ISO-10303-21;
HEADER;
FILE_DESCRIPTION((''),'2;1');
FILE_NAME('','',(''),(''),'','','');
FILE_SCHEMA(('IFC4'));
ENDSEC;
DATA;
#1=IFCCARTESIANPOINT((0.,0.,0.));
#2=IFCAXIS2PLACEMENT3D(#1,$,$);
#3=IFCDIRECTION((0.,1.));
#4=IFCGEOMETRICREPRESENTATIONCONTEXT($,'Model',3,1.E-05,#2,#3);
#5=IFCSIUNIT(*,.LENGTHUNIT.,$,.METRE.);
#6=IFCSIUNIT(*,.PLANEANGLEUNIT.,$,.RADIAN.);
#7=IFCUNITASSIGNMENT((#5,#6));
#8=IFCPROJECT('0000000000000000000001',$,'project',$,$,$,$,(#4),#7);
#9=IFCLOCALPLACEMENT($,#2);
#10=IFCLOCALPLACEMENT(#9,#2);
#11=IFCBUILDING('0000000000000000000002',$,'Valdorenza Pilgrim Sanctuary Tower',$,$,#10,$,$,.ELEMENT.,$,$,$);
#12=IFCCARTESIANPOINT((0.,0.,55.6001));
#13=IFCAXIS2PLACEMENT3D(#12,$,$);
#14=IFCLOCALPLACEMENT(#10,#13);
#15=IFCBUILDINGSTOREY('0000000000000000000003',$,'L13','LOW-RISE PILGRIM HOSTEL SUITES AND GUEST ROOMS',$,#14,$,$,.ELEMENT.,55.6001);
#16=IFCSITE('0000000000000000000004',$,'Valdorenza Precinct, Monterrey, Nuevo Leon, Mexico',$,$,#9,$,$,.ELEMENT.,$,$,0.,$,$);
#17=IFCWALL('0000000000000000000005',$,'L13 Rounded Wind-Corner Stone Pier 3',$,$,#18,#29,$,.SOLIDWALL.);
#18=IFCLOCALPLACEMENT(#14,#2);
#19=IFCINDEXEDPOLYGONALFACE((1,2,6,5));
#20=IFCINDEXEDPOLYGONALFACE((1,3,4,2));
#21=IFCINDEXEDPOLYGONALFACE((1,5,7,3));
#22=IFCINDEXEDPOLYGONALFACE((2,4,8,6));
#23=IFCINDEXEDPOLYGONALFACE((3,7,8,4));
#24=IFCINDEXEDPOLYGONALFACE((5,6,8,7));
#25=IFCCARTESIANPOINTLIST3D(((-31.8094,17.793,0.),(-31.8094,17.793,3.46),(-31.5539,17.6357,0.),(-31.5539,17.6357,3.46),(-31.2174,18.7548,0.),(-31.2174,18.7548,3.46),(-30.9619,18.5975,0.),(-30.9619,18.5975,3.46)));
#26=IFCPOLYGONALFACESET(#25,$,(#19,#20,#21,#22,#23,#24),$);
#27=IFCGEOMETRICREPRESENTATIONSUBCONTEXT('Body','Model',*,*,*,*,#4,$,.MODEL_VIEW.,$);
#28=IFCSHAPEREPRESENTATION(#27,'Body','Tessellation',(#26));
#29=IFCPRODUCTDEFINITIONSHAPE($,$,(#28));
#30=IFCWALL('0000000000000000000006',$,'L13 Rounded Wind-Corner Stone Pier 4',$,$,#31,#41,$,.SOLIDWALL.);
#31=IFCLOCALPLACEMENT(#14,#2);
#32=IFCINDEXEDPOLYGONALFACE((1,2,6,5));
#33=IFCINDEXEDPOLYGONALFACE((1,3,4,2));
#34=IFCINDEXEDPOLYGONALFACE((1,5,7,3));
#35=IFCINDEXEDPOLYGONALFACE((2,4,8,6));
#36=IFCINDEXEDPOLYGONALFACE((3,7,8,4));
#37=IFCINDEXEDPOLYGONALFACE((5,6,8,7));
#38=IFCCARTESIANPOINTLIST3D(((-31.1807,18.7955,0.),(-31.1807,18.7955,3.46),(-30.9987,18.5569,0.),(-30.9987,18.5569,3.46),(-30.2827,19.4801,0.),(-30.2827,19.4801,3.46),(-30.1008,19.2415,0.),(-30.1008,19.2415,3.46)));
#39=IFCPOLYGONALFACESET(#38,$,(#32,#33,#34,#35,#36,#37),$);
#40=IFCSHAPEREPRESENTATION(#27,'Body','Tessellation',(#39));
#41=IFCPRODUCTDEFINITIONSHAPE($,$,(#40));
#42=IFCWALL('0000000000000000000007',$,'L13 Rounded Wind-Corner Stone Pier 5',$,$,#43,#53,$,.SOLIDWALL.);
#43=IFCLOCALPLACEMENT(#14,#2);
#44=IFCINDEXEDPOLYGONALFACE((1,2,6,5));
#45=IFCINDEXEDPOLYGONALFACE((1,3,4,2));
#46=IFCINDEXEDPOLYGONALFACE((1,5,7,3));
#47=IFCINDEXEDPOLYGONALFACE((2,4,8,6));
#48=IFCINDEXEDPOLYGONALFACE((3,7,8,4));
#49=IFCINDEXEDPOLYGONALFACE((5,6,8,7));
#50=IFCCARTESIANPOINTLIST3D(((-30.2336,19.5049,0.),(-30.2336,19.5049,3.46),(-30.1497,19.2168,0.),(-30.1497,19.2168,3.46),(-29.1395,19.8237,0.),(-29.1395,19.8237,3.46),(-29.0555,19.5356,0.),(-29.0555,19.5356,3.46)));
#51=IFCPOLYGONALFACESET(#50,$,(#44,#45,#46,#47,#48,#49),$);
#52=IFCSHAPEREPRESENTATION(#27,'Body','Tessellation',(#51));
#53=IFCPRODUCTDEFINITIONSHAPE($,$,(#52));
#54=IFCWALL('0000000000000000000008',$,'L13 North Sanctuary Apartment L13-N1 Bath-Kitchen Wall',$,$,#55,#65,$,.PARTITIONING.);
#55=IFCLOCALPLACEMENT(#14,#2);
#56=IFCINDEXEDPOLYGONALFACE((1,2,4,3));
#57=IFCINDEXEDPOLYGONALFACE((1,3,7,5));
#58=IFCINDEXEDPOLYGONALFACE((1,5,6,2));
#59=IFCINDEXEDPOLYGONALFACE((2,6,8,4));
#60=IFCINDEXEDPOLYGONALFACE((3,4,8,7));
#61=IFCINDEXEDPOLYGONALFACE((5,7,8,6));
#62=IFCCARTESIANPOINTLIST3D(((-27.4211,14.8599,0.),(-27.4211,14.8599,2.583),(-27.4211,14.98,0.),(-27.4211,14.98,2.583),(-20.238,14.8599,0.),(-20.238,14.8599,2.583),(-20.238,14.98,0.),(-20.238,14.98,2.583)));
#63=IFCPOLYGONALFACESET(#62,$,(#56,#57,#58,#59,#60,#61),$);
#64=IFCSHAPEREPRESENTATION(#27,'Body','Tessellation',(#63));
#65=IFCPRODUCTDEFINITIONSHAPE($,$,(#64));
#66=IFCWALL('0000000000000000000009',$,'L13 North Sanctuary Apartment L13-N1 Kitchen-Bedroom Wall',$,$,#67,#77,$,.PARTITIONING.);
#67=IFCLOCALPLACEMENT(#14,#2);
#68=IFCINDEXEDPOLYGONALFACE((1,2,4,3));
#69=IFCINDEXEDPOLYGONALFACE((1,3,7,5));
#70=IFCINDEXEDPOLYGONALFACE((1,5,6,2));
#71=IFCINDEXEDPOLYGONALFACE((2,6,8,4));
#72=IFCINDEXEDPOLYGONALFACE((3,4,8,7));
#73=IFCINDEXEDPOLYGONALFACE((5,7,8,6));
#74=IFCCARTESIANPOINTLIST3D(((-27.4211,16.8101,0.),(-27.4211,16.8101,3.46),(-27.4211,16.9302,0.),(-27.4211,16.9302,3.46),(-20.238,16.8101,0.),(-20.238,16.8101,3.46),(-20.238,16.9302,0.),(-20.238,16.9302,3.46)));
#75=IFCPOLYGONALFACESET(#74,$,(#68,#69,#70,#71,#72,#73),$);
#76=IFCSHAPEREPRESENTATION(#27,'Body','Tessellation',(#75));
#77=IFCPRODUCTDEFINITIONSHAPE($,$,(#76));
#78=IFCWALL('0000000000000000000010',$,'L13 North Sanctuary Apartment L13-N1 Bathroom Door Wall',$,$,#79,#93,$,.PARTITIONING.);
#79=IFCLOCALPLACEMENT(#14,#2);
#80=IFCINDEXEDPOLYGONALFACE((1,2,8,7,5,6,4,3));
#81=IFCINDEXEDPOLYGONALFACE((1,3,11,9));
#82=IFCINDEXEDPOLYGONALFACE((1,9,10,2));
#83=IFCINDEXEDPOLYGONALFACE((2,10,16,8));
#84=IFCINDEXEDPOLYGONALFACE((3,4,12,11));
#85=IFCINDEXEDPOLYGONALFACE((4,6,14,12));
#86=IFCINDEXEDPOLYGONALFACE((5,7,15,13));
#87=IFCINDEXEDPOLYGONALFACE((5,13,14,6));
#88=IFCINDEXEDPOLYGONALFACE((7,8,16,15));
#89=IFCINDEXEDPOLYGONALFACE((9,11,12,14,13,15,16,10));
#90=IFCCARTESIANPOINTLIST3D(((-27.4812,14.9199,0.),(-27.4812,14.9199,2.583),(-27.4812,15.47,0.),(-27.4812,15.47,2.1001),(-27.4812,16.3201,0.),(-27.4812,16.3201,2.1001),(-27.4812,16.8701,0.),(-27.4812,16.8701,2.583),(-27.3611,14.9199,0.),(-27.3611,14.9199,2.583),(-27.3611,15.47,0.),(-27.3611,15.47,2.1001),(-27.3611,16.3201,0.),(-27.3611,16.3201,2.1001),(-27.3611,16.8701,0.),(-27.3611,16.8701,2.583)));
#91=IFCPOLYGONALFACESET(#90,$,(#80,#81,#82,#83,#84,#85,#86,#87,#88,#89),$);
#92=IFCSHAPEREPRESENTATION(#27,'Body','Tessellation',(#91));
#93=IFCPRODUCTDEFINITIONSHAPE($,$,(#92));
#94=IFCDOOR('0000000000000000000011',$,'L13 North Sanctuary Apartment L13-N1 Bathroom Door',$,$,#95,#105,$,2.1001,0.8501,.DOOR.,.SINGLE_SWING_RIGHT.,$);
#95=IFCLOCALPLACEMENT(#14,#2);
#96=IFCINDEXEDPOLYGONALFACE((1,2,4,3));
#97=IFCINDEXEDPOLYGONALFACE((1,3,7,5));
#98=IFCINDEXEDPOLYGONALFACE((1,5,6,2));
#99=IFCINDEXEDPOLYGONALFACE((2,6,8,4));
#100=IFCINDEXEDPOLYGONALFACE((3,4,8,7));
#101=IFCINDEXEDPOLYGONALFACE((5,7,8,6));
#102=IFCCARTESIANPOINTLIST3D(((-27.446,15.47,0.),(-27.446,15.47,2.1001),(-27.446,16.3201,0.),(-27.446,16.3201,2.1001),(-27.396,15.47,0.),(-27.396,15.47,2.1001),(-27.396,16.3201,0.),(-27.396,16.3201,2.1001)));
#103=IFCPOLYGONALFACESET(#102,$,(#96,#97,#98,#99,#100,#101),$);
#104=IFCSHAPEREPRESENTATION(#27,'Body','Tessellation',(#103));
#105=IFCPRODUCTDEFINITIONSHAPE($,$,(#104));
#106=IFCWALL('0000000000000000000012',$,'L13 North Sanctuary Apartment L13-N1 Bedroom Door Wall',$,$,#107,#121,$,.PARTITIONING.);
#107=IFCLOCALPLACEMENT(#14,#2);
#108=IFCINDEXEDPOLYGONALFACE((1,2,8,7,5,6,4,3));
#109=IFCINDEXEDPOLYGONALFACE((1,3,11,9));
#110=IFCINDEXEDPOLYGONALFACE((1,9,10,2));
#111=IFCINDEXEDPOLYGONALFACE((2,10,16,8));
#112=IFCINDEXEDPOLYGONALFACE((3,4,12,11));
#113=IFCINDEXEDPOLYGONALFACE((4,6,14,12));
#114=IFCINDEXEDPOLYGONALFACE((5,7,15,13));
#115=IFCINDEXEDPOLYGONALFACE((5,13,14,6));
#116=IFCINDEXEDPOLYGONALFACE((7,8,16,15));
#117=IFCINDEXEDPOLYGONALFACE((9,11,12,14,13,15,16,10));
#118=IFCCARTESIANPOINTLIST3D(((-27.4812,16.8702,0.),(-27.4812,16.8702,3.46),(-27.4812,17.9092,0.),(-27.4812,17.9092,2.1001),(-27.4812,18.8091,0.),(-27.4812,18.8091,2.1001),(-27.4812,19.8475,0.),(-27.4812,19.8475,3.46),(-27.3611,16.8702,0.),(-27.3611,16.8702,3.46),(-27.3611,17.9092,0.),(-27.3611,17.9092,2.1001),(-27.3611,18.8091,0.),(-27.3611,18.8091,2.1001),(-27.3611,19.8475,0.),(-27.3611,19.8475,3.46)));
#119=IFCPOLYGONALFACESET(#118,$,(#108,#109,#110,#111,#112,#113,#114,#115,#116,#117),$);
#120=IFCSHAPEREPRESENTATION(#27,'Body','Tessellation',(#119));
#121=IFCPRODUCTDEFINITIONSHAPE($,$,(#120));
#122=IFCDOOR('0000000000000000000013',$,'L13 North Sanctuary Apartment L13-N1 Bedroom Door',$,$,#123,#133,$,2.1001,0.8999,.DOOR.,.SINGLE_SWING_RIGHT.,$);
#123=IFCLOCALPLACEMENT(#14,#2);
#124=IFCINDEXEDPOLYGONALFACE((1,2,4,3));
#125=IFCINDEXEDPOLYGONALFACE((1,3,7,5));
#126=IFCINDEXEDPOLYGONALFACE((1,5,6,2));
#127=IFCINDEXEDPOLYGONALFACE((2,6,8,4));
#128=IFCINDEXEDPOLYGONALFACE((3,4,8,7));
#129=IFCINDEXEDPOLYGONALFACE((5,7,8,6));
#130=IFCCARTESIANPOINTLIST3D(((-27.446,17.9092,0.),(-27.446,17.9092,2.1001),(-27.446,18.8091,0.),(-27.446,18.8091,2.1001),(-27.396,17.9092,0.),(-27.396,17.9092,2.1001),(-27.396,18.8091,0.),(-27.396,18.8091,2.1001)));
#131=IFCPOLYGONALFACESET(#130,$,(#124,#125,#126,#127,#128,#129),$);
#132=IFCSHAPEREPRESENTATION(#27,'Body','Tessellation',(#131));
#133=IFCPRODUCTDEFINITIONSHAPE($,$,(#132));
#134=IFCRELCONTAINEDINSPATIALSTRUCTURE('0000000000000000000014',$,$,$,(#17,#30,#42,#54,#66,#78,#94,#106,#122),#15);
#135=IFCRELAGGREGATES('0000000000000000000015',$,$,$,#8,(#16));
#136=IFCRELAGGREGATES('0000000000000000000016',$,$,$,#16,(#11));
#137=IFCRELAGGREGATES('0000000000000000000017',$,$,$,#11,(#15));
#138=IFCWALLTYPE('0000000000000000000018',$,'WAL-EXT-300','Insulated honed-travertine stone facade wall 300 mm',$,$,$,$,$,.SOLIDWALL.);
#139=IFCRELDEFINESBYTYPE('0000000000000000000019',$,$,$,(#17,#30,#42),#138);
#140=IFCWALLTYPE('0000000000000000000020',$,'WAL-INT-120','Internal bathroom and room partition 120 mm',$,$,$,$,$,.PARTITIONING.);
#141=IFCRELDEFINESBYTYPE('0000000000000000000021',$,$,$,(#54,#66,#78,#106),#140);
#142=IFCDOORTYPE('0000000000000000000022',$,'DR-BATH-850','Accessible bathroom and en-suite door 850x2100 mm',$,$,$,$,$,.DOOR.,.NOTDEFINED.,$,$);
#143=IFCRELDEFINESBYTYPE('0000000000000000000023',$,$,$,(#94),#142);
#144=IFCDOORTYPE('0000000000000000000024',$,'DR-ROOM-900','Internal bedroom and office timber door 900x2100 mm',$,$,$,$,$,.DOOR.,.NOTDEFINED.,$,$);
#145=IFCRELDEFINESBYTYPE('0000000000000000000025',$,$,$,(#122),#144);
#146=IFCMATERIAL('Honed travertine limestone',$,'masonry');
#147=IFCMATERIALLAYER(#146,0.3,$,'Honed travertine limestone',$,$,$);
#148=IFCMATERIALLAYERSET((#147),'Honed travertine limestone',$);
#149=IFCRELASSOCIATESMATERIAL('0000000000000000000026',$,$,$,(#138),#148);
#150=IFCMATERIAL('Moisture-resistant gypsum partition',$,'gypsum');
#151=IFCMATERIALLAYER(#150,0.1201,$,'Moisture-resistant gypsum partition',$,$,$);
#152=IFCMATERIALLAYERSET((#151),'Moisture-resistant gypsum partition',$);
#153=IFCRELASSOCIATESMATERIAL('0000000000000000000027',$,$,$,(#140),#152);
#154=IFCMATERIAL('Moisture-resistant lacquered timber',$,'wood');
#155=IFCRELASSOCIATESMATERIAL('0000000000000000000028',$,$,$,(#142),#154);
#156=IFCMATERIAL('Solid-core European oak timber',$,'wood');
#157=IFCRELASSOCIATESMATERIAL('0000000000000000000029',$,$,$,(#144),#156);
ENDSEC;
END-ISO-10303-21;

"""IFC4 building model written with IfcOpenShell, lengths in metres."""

from ifc_helpers import new_model, si_unit, direction, frame, frame_2d, origin, place, context, subcontext, project, spatial, rectangle, extrude, material, layer, layer_set, type_object, element, fill, save


model = new_model("IFC4")

# Units and contexts
model_context = context("Model", 3, precision=1e-05, world=origin(), true_north=direction((0.0, 1.0)))
body_context = subcontext(model_context, "Body", "Model", "MODEL_VIEW")
ifc_project = project(units=[si_unit("LENGTHUNIT", "METRE"), si_unit("PLANEANGLEUNIT", "RADIAN")], contexts=[model_context])

# Site, building, storey
site_placement = place(None, origin())
site = spatial("IfcSite", under=ifc_project, at=site_placement, Name="Valdorenza Precinct, Monterrey, Nuevo Leon, Mexico", CompositionType="ELEMENT", RefElevation=0.0)
building_placement = place(site_placement, origin())
building = spatial("IfcBuilding", under=site, at=building_placement, Name="Valdorenza Pilgrim Sanctuary Tower", CompositionType="ELEMENT")
storey_placement = place(building_placement, frame((0.0, 0.0, 55.6001)))
storey = spatial("IfcBuildingStorey", under=building, at=storey_placement, Name="L13", Description="LOW-RISE PILGRIM HOSTEL SUITES AND GUEST ROOMS", CompositionType="ELEMENT", Elevation=55.6001)

# Shared definitions
ifc_material_1 = material(Name="Honed travertine limestone", Category="masonry")

# Walls
ifc_layer_1 = layer(ifc_material_1, 0.3, Name="Honed travertine limestone")
ifc_layer_set_1 = layer_set([ifc_layer_1], Name="Honed travertine limestone")
wall_type_1 = type_object("IfcWallType", Name="WAL-EXT-300", Description="Insulated honed-travertine stone facade wall 300 mm", PredefinedType="SOLIDWALL", material=ifc_layer_set_1)
wall_1_placement = place(storey_placement, frame((-31.6816, 17.7144, 0.0), z_axis=(0.0, 0.0, 1.0), x_axis=(0.524158, 0.851621, 0.0)))
element("IfcWall", 1, at=wall_1_placement, inside=storey, type_object=wall_type_1, Name="L13 Rounded Wind-Corner Stone Pier 3", PredefinedType="SOLIDWALL", context=body_context, shape_type="SweptSolid", body=[
    extrude(rectangle(XDim=1.1294, YDim=0.3, at=frame_2d((0.5647, 0.0))), origin(), (0.0, 0.0, 1.0), 3.46),
])
wall_2_placement = place(storey_placement, frame((-31.0896, 18.6763, 0.0), z_axis=(0.0, 0.0, 1.0), x_axis=(0.795253, 0.606278, 0.0)))
element("IfcWall", 2, at=wall_2_placement, inside=storey, type_object=wall_type_1, Name="L13 Rounded Wind-Corner Stone Pier 4", PredefinedType="SOLIDWALL", context=body_context, shape_type="SweptSolid", body=[
    extrude(rectangle(XDim=1.1292, YDim=0.3, at=frame_2d((0.5645, 0.0))), origin(), (0.0, 0.0, 1.0), 3.46),
])
wall_3_placement = place(storey_placement, frame((-30.1917, 19.3608, 0.0), z_axis=(0.0, 0.0, 1.0), x_axis=(0.960072, 0.279753, 0.0)))
element("IfcWall", 3, at=wall_3_placement, inside=storey, type_object=wall_type_1, Name="L13 Rounded Wind-Corner Stone Pier 5", PredefinedType="SOLIDWALL", context=body_context, shape_type="SweptSolid", body=[
    extrude(rectangle(XDim=1.1396, YDim=0.3, at=frame_2d((0.5698, 0.0))), origin(), (0.0, 0.0, 1.0), 3.46),
])
ifc_material_2 = material(Name="Moisture-resistant gypsum partition", Category="gypsum")
ifc_layer_2 = layer(ifc_material_2, 0.1201, Name="Moisture-resistant gypsum partition")
ifc_layer_set_2 = layer_set([ifc_layer_2], Name="Moisture-resistant gypsum partition")
wall_type_2 = type_object("IfcWallType", Name="WAL-INT-120", Description="Internal bathroom and room partition 120 mm", PredefinedType="PARTITIONING", material=ifc_layer_set_2)
wall_4_placement = place(storey_placement, frame((-27.4211, 14.9199, 0.0), z_axis=(0.0, 0.0, 1.0), x_axis=(1.0, 0.0, 0.0)))
element("IfcWall", 4, at=wall_4_placement, inside=storey, type_object=wall_type_2, Name="L13 North Sanctuary Apartment L13-N1 Bath-Kitchen Wall", PredefinedType="PARTITIONING", context=body_context, shape_type="SweptSolid", body=[
    extrude(rectangle(XDim=7.1831, YDim=0.1201, at=frame_2d((3.5916, 0.0))), origin(), (0.0, 0.0, 1.0), 2.583),
])
wall_5_placement = place(storey_placement, frame((-27.4211, 16.8701, 0.0), z_axis=(0.0, 0.0, 1.0), x_axis=(1.0, 0.0, 0.0)))
element("IfcWall", 5, at=wall_5_placement, inside=storey, type_object=wall_type_2, Name="L13 North Sanctuary Apartment L13-N1 Kitchen-Bedroom Wall", PredefinedType="PARTITIONING", context=body_context, shape_type="SweptSolid", body=[
    extrude(rectangle(XDim=7.1831, YDim=0.1201, at=frame_2d((3.5916, 0.0))), origin(), (0.0, 0.0, 1.0), 3.46),
])

# Walls, openings, doors
wall_6_placement = place(storey_placement, frame((-27.4211, 14.9199, 0.0), z_axis=(0.0, 0.0, 1.0), x_axis=(0.0, 1.0, 0.0)))
wall_6 = element("IfcWall", 6, at=wall_6_placement, inside=storey, type_object=wall_type_2, Name="L13 North Sanctuary Apartment L13-N1 Bathroom Door Wall", PredefinedType="PARTITIONING", context=body_context, shape_type="SweptSolid", body=[
    extrude(rectangle(XDim=1.9502, YDim=0.1201, at=frame_2d((0.9751, 0.0))), origin(), (0.0, 0.0, 1.0), 2.583),
])
opening_1_placement = place(wall_6_placement, frame((0.55, 0.0, 0.0)))
opening_1 = element("IfcOpeningElement", 7, at=opening_1_placement, cuts=wall_6, PredefinedType="OPENING", context=body_context, shape_type="SweptSolid", body=[
    extrude(rectangle(XDim=0.8501, YDim=2.1001, at=frame_2d((0.425, 1.05))), frame((0.0, 0.075, 0.0), z_axis=(0.0, -1.0, 0.0), x_axis=(1.0, 0.0, 0.0)), (0.0, 0.0, 1.0), 0.1499),
])
ifc_material_3 = material(Name="Moisture-resistant lacquered timber", Category="wood")
door_type_1 = type_object("IfcDoorType", Name="DR-BATH-850", Description="Accessible bathroom and en-suite door 850x2100 mm", OperationType="NOTDEFINED", PredefinedType="DOOR", material=ifc_material_3)
door_1_placement = place(opening_1_placement, origin())
door_1 = element("IfcDoor", 8, at=door_1_placement, inside=storey, type_object=door_type_1, Name="L13 North Sanctuary Apartment L13-N1 Bathroom Door", OperationType="SINGLE_SWING_RIGHT", OverallHeight=2.1001, OverallWidth=0.8501, PredefinedType="DOOR", context=body_context, shape_type="SweptSolid", body=[
    extrude(rectangle(XDim=0.8501, YDim=2.1001, at=frame_2d((0.425, 1.05))), frame((0.0, 0.0249, 0.0), z_axis=(0.0, -1.0, 0.0), x_axis=(1.0, 0.0, 0.0)), (0.0, 0.0, 1.0), 0.05),
])
fill(opening_1, door_1)
wall_7_placement = place(storey_placement, frame((-27.4211, 16.8701, 0.0), z_axis=(0.0, 0.0, 1.0), x_axis=(0.0, 1.0, 0.0)))
wall_7 = element("IfcWall", 9, at=wall_7_placement, inside=storey, type_object=wall_type_2, Name="L13 North Sanctuary Apartment L13-N1 Bedroom Door Wall", PredefinedType="PARTITIONING", context=body_context, shape_type="SweptSolid", body=[
    extrude(rectangle(XDim=2.9773, YDim=0.1201, at=frame_2d((1.4888, 0.0))), origin(), (0.0, 0.0, 1.0), 3.46),
])
opening_2_placement = place(wall_7_placement, frame((1.0391, 0.0, 0.0)))
opening_2 = element("IfcOpeningElement", 10, at=opening_2_placement, cuts=wall_7, PredefinedType="OPENING", context=body_context, shape_type="SweptSolid", body=[
    extrude(rectangle(XDim=0.8999, YDim=2.1001, at=frame_2d((0.45, 1.05))), frame((0.0, 0.075, 0.0), z_axis=(0.0, -1.0, 0.0), x_axis=(1.0, 0.0, 0.0)), (0.0, 0.0, 1.0), 0.1499),
])
ifc_material_4 = material(Name="Solid-core European oak timber", Category="wood")
door_type_2 = type_object("IfcDoorType", Name="DR-ROOM-900", Description="Internal bedroom and office timber door 900x2100 mm", OperationType="NOTDEFINED", PredefinedType="DOOR", material=ifc_material_4)
door_2_placement = place(opening_2_placement, origin())
door_2 = element("IfcDoor", 11, at=door_2_placement, inside=storey, type_object=door_type_2, Name="L13 North Sanctuary Apartment L13-N1 Bedroom Door", OperationType="SINGLE_SWING_RIGHT", OverallHeight=2.1001, OverallWidth=0.8999, PredefinedType="DOOR", context=body_context, shape_type="SweptSolid", body=[
    extrude(rectangle(XDim=0.8999, YDim=2.1001, at=frame_2d((0.45, 1.05))), frame((0.0, 0.0249, 0.0), z_axis=(0.0, -1.0, 0.0), x_axis=(1.0, 0.0, 0.0)), (0.0, 0.0, 1.0), 0.05),
])
fill(opening_2, door_2)

save(model, "model.ifc")
